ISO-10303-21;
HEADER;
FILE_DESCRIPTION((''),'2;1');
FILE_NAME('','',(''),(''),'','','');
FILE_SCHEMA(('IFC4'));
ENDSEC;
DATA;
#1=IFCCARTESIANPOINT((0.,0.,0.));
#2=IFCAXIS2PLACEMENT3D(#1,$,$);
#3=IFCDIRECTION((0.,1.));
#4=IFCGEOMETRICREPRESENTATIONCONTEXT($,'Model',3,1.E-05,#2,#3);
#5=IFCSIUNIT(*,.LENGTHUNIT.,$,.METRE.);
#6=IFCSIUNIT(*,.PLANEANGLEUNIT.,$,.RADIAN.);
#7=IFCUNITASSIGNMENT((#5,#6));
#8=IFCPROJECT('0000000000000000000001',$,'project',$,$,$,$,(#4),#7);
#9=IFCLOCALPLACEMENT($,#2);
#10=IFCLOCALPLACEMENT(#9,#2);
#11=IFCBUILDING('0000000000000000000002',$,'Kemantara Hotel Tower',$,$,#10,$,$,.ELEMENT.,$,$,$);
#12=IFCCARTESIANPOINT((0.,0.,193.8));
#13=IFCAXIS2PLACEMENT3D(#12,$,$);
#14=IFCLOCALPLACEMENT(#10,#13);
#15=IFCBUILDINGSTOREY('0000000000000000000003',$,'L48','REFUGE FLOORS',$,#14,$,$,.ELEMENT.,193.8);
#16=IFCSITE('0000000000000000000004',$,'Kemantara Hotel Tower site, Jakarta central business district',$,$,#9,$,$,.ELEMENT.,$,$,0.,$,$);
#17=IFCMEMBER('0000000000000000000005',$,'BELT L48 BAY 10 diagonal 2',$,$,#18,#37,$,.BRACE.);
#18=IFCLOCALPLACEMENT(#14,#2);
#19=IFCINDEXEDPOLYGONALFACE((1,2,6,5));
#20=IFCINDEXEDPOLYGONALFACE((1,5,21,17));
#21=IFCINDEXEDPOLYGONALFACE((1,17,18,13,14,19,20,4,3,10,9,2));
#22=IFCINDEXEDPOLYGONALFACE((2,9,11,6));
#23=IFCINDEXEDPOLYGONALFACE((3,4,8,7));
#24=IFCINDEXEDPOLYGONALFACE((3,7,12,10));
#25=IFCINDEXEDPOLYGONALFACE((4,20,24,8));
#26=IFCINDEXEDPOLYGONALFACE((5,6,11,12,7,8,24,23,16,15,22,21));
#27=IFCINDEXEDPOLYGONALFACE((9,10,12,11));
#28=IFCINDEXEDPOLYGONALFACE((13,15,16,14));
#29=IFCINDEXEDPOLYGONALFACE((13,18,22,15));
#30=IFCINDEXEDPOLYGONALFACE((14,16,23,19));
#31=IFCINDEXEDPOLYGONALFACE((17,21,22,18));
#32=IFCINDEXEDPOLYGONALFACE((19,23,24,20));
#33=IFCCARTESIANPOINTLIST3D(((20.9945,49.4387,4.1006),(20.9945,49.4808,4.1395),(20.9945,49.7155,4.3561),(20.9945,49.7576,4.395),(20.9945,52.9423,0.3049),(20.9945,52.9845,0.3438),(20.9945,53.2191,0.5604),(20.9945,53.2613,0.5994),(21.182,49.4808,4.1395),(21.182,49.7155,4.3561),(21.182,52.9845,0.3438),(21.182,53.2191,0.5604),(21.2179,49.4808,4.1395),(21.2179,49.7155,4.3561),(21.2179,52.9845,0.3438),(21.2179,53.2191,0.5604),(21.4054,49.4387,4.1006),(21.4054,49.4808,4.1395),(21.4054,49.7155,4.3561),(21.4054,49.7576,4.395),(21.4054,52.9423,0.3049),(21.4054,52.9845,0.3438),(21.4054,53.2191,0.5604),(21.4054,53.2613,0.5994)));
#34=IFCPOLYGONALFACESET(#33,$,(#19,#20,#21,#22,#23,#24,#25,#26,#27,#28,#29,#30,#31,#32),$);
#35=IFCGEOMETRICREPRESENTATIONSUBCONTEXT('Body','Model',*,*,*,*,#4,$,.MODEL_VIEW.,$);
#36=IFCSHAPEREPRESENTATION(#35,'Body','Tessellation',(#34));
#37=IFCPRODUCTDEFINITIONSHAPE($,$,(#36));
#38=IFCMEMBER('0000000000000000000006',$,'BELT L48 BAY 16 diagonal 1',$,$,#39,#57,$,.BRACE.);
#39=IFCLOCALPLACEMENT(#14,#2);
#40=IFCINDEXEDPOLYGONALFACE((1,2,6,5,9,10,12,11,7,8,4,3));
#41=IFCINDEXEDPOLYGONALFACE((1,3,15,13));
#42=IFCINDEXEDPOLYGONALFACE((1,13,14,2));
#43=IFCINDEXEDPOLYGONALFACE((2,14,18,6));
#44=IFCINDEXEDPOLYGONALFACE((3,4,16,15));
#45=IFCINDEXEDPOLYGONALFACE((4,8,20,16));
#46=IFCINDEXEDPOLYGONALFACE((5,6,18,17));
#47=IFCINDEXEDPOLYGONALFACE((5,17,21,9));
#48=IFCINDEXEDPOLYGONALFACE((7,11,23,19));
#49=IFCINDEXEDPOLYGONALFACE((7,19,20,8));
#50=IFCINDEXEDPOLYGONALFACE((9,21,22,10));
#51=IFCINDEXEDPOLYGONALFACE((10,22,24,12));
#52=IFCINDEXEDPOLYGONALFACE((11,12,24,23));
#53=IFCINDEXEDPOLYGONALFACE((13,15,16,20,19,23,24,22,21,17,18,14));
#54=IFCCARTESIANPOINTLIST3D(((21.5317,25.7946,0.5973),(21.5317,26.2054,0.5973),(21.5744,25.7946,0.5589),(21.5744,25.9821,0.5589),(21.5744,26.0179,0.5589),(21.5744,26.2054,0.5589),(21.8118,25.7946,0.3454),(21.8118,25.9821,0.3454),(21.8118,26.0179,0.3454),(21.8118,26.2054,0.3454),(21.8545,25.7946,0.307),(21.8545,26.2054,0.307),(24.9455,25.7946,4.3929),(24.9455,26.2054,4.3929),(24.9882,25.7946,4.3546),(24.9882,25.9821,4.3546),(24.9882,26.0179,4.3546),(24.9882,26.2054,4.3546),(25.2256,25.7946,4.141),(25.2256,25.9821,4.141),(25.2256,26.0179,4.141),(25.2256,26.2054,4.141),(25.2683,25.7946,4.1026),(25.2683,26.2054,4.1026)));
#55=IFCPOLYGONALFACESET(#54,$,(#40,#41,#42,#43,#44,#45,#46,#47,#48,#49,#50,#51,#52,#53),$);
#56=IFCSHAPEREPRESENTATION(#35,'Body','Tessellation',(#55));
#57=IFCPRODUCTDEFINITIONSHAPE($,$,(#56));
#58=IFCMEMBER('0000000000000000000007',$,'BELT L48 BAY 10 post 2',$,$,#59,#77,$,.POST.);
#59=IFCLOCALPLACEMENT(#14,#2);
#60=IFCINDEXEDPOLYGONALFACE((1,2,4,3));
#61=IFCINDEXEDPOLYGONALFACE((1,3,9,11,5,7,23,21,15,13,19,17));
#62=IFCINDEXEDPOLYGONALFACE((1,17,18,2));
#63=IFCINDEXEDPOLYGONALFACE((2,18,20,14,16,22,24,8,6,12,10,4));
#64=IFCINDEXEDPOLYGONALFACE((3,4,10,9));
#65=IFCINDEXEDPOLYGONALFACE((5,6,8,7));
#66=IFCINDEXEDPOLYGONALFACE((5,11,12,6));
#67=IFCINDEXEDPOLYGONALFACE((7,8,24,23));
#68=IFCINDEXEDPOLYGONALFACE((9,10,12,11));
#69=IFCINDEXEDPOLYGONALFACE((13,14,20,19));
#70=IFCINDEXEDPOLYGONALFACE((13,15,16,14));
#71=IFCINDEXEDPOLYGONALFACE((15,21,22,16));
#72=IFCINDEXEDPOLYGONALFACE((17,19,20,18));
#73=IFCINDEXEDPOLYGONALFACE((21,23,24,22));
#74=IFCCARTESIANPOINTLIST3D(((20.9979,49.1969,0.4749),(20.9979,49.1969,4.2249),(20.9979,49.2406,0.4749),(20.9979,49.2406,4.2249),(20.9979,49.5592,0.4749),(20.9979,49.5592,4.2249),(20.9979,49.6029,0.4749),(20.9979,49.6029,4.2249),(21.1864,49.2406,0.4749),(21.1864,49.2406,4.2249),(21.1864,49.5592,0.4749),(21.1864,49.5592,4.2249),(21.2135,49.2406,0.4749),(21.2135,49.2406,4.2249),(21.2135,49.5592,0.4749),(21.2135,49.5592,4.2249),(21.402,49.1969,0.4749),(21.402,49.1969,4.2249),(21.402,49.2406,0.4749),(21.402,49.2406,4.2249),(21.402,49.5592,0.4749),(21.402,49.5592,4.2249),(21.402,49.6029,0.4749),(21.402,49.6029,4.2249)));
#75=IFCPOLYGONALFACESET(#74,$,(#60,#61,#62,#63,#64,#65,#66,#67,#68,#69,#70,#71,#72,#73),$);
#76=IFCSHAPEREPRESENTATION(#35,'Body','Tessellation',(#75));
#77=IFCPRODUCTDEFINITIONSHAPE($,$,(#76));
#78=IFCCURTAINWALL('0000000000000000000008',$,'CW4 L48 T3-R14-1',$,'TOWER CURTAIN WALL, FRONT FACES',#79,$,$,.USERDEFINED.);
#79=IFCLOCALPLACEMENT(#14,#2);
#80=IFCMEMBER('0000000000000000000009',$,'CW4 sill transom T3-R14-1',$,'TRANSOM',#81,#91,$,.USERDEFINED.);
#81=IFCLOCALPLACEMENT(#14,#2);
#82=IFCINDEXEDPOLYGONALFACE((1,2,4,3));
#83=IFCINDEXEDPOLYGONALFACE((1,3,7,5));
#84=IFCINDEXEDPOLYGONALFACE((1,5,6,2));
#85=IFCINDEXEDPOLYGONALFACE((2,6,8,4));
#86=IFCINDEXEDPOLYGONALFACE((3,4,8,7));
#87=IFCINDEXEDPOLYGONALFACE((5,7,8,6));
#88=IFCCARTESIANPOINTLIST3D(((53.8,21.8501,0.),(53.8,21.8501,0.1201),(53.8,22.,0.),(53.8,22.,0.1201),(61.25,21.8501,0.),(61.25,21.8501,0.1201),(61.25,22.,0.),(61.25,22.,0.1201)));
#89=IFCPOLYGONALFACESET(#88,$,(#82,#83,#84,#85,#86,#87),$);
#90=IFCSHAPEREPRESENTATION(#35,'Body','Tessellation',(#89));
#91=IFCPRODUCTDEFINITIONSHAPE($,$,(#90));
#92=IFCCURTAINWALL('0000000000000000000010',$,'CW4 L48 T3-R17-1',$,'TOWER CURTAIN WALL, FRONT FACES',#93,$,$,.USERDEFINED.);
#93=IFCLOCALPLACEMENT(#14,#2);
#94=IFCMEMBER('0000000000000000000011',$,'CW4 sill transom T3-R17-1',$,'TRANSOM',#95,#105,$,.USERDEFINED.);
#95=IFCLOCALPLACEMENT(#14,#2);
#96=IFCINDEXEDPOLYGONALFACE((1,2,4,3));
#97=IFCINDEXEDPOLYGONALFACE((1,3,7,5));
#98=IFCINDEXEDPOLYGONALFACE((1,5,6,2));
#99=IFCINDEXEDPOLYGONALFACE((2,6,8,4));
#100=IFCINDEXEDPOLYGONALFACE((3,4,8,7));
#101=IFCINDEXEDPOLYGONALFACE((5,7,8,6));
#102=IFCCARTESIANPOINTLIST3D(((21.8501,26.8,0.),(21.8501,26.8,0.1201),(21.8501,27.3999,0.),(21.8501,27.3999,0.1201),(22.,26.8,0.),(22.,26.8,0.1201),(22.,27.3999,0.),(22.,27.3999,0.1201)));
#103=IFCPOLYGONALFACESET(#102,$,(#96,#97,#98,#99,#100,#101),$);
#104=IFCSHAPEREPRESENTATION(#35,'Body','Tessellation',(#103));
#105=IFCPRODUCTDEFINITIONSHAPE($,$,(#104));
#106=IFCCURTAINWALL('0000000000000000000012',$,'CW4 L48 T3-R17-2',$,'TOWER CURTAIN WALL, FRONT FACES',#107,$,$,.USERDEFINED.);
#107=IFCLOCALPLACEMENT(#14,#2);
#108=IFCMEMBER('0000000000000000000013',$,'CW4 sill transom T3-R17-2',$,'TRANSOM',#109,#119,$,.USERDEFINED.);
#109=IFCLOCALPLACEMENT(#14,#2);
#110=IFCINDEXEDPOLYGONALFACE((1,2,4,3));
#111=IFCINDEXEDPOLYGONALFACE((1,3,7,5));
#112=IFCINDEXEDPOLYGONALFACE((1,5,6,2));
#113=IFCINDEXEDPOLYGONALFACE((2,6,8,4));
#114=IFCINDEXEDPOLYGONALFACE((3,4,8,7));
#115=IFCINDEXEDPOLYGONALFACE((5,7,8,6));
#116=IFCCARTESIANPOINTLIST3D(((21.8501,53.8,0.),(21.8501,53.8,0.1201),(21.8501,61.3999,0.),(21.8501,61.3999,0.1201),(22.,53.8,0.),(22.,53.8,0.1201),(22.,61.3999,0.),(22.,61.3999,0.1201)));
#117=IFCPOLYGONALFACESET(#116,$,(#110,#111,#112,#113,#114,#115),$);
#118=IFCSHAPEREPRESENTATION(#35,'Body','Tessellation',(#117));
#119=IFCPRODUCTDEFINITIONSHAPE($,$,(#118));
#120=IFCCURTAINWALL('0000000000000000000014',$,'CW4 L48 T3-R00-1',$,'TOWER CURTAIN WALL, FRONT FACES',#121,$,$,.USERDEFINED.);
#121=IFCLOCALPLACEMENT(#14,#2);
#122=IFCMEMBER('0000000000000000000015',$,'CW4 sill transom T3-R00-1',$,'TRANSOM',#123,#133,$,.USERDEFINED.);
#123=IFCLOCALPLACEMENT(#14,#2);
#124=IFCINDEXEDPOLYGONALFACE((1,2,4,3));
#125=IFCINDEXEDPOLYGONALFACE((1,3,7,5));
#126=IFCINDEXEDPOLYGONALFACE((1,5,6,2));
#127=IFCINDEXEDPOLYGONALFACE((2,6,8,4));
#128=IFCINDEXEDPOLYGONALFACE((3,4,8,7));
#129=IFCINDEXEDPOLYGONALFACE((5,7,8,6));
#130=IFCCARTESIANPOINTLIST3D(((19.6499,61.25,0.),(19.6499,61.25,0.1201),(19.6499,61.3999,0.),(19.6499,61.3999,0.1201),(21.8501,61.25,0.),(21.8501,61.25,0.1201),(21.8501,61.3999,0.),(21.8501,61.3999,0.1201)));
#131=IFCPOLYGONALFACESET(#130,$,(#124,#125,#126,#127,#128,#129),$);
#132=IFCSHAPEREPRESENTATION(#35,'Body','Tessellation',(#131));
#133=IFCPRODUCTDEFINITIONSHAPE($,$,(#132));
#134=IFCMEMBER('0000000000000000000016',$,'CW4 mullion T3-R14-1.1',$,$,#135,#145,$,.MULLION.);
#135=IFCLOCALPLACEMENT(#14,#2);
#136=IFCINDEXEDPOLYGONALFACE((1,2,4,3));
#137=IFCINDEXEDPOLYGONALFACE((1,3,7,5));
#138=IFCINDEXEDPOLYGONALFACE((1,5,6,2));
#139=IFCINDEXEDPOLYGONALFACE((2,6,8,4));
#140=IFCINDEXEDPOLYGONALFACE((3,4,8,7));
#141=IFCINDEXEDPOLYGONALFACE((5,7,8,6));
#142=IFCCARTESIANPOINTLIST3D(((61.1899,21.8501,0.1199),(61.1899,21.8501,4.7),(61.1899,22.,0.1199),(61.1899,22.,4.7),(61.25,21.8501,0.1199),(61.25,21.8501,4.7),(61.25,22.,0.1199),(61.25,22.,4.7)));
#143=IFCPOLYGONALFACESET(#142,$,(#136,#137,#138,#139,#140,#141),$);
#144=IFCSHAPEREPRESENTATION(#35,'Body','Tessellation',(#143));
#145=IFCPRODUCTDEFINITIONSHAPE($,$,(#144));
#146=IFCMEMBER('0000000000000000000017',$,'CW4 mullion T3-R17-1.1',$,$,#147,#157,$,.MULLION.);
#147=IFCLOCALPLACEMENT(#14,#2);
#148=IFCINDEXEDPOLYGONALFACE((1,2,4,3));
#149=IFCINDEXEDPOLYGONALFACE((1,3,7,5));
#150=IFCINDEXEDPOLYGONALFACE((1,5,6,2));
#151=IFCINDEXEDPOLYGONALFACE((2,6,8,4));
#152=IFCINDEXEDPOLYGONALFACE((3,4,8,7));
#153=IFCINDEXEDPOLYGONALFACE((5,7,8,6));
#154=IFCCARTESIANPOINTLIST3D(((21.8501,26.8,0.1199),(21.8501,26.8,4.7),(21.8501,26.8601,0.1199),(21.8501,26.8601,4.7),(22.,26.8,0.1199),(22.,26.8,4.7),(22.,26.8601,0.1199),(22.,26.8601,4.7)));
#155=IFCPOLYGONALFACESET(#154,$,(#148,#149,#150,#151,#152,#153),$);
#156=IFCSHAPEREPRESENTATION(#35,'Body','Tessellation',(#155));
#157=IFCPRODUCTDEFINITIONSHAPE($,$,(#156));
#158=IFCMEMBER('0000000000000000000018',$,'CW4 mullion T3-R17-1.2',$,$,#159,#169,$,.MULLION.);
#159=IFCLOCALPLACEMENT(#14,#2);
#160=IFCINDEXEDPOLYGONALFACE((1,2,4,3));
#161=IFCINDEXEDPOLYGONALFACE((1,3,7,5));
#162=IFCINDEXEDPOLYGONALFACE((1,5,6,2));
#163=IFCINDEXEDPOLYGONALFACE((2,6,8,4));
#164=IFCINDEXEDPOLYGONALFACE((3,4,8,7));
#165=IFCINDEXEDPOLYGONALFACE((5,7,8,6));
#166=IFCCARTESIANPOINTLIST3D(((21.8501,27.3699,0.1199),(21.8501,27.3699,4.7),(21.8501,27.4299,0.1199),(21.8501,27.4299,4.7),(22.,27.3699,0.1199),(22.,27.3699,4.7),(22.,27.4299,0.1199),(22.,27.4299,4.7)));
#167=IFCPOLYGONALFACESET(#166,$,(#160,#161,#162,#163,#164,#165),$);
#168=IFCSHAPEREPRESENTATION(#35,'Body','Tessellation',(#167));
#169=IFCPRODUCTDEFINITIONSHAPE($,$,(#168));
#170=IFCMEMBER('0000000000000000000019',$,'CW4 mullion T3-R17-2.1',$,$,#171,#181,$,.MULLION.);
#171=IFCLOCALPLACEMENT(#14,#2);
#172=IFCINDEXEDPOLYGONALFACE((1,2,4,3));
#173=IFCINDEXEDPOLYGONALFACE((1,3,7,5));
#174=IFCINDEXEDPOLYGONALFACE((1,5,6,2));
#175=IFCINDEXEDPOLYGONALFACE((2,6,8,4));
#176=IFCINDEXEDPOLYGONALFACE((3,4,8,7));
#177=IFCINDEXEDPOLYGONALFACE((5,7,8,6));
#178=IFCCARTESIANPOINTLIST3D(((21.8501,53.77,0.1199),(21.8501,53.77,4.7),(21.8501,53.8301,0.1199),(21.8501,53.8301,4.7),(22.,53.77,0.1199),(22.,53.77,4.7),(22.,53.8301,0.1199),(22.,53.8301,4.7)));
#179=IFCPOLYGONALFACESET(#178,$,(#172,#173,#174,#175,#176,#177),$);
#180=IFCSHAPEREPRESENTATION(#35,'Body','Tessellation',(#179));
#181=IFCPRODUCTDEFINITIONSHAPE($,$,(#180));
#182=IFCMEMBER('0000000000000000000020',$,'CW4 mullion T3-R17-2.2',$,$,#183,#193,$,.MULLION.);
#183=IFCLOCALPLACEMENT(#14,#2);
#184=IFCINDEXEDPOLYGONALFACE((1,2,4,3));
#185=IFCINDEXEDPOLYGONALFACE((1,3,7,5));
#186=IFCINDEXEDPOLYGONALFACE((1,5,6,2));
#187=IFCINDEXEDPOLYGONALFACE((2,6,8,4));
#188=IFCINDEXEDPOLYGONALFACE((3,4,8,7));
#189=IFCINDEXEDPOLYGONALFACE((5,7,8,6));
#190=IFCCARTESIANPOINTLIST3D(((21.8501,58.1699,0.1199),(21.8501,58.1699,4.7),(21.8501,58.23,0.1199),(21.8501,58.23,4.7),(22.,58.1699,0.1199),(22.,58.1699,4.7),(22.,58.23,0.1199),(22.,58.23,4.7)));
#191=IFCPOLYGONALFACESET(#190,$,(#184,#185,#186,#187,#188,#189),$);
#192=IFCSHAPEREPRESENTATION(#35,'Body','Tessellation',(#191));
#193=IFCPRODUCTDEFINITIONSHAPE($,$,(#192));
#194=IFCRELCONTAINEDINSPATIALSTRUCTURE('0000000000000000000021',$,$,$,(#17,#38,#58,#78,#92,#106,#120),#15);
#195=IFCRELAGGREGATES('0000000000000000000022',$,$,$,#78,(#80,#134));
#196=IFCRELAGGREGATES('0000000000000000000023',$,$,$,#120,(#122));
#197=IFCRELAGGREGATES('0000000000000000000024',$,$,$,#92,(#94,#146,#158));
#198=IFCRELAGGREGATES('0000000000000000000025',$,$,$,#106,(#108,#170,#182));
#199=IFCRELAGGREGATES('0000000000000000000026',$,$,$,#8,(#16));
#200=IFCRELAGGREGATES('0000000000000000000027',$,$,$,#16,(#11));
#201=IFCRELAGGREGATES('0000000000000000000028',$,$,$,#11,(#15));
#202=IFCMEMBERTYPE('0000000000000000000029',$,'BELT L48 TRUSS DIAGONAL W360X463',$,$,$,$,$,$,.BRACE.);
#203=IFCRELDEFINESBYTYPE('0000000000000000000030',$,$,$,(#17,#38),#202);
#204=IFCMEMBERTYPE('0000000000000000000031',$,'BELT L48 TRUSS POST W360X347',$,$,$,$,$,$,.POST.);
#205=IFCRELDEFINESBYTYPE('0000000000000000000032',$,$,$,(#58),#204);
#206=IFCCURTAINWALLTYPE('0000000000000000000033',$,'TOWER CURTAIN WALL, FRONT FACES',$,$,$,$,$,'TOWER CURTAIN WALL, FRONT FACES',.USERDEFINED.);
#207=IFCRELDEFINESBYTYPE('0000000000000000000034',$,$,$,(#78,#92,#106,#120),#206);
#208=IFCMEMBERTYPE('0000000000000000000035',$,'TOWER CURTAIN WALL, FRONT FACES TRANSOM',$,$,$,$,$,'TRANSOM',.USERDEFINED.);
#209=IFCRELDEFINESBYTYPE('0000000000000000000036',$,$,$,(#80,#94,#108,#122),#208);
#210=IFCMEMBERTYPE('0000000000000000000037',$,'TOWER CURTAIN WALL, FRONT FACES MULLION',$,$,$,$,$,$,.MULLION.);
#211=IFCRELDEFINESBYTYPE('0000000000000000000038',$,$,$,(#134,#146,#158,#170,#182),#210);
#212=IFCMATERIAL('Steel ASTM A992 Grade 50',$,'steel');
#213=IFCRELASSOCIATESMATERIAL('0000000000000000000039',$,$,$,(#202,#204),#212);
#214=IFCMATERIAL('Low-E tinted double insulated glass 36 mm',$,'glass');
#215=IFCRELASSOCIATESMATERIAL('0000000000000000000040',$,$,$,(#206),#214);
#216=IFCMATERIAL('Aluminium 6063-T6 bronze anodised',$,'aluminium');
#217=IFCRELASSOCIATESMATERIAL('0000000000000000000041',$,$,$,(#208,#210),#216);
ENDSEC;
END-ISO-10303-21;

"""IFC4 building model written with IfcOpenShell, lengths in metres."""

from ifc_helpers import new_model, si_unit, direction, frame, origin, origin_2d, place, context, subcontext, project, spatial, rectangle, i_section, extrude, source, transform, mapped, material, material_profile, profile_set, type_object, element, aggregate, save


model = new_model("IFC4")

# Units and contexts
model_context = context("Model", 3, precision=1e-05, world=origin(), true_north=direction((0.0, 1.0)))
body_context = subcontext(model_context, "Body", "Model", "MODEL_VIEW")
ifc_project = project(units=[si_unit("LENGTHUNIT", "METRE"), si_unit("PLANEANGLEUNIT", "RADIAN")], contexts=[model_context])

# Site, building, storey
site_placement = place(None, origin())
site = spatial("IfcSite", under=ifc_project, at=site_placement, Name="Kemantara Hotel Tower site, Jakarta central business district", CompositionType="ELEMENT", RefElevation=0.0)
building_placement = place(site_placement, origin())
building = spatial("IfcBuilding", under=site, at=building_placement, Name="Kemantara Hotel Tower", CompositionType="ELEMENT")
storey_placement = place(building_placement, frame((0.0, 0.0, 193.8)))
storey = spatial("IfcBuildingStorey", under=building, at=storey_placement, Name="L48", Description="REFUGE FLOORS", CompositionType="ELEMENT", Elevation=193.8)

# Shared definitions
ifc_material_1 = material(Name="Steel ASTM A992 Grade 50", Category="steel")

# Members
ifc_material_profile_1 = material_profile(ifc_material_1, i_section(OverallWidth=0.4109, OverallDepth=0.4341, WebThickness=0.0359, FlangeThickness=0.0574, at=origin_2d()), Name="W360X463")
ifc_profile_set_1 = profile_set([ifc_material_profile_1], Name="Steel ASTM A992 Grade 50")
member_type_1 = type_object("IfcMemberType", Name="BELT L48 TRUSS DIAGONAL W360X463", PredefinedType="BRACE", material=ifc_profile_set_1)
member_1_placement = place(storey_placement, frame((21.2, 53.1018, 0.4521), z_axis=(0.0, -0.678278, 0.734805), x_axis=(1.0, 0.0, 0.0)))
element("IfcMember", 1, at=member_1_placement, inside=storey, type_object=member_type_1, Name="BELT L48 BAY 10 diagonal 2", PredefinedType="BRACE", context=body_context, shape_type="SweptSolid", body=[
    extrude(i_section(OverallWidth=0.4109, OverallDepth=0.4341, WebThickness=0.0359, FlangeThickness=0.0574, at=origin_2d()), origin(), (0.0, 0.0, 1.0), 5.1655),
])
member_2_placement = place(storey_placement, frame((21.6931, 26.0, 0.4521), z_axis=(0.668719, 0.0, 0.743515), x_axis=(0.0, 1.0, 0.0)))
element("IfcMember", 2, at=member_2_placement, inside=storey, type_object=member_type_1, Name="BELT L48 BAY 16 diagonal 1", PredefinedType="BRACE", context=body_context, shape_type="SweptSolid", body=[
    extrude(i_section(OverallWidth=0.4109, OverallDepth=0.4341, WebThickness=0.0359, FlangeThickness=0.0574, at=origin_2d()), origin(), (0.0, 0.0, 1.0), 5.105),
])
ifc_material_profile_2 = material_profile(ifc_material_1, i_section(OverallWidth=0.4041, OverallDepth=0.406, WebThickness=0.0271, FlangeThickness=0.0437, at=origin_2d()), Name="W360X347")
ifc_profile_set_2 = profile_set([ifc_material_profile_2], Name="Steel ASTM A992 Grade 50")
member_type_2 = type_object("IfcMemberType", Name="BELT L48 TRUSS POST W360X347", PredefinedType="POST", material=ifc_profile_set_2)
member_3_placement = place(storey_placement, frame((21.2, 49.3999, 0.4749), z_axis=(0.0, 0.0, 1.0), x_axis=(1.0, 0.0, 0.0)))
element("IfcMember", 3, at=member_3_placement, inside=storey, type_object=member_type_2, Name="BELT L48 BAY 10 post 2", PredefinedType="POST", context=body_context, shape_type="SweptSolid", body=[
    extrude(i_section(OverallWidth=0.4041, OverallDepth=0.406, WebThickness=0.0271, FlangeThickness=0.0437, at=origin_2d()), origin(), (0.0, 0.0, 1.0), 3.75),
])

# Curtain walls, members
ifc_material_2 = material(Name="Low-E tinted double insulated glass 36 mm", Category="glass")
curtain_wall_type = type_object("IfcCurtainWallType", Name="TOWER CURTAIN WALL, FRONT FACES", ElementType="TOWER CURTAIN WALL, FRONT FACES", PredefinedType="USERDEFINED", material=ifc_material_2)
curtain_wall_1_placement = place(storey_placement, origin())
curtain_wall_1 = element("IfcCurtainWall", 4, at=curtain_wall_1_placement, inside=storey, type_object=curtain_wall_type, Name="CW4 L48 T3-R14-1", ObjectType="TOWER CURTAIN WALL, FRONT FACES", PredefinedType="USERDEFINED")
ifc_material_3 = material(Name="Aluminium 6063-T6 bronze anodised", Category="aluminium")
ifc_material_profile_3 = material_profile(ifc_material_3, rectangle(XDim=0.1499, YDim=0.1201, at=origin_2d()), Name="TOWER CURTAIN WALL, FRONT FACES TRANSOM")
ifc_profile_set_3 = profile_set([ifc_material_profile_3], Name="Aluminium 6063-T6 bronze anodised")
member_type_3 = type_object("IfcMemberType", Name="TOWER CURTAIN WALL, FRONT FACES TRANSOM", ElementType="TRANSOM", PredefinedType="USERDEFINED", material=ifc_profile_set_3)
member_4_placement = place(storey_placement, frame((61.25, 21.925, 0.0601), z_axis=(-1.0, 0.0, 0.0), x_axis=(0.0, -1.0, 0.0)))
member_4 = element("IfcMember", 5, at=member_4_placement, type_object=member_type_3, Name="CW4 sill transom T3-R14-1", ObjectType="TRANSOM", PredefinedType="USERDEFINED", context=body_context, shape_type="SweptSolid", body=[
    extrude(rectangle(XDim=0.1499, YDim=0.1201, at=origin_2d()), origin(), (0.0, 0.0, 1.0), 7.45),
])
curtain_wall_2_placement = place(storey_placement, origin())
curtain_wall_2 = element("IfcCurtainWall", 6, at=curtain_wall_2_placement, inside=storey, type_object=curtain_wall_type, Name="CW4 L48 T3-R17-1", ObjectType="TOWER CURTAIN WALL, FRONT FACES", PredefinedType="USERDEFINED")
member_5_placement = place(storey_placement, frame((21.925, 26.8, 0.0601), z_axis=(0.0, 1.0, 0.0), x_axis=(-1.0, 0.0, 0.0)))
member_5 = element("IfcMember", 7, at=member_5_placement, type_object=member_type_3, Name="CW4 sill transom T3-R17-1", ObjectType="TRANSOM", PredefinedType="USERDEFINED", context=body_context, shape_type="SweptSolid", body=[
    extrude(rectangle(XDim=0.1499, YDim=0.1201, at=origin_2d()), origin(), (0.0, 0.0, 1.0), 0.5999),
])
curtain_wall_3_placement = place(storey_placement, origin())
curtain_wall_3 = element("IfcCurtainWall", 8, at=curtain_wall_3_placement, inside=storey, type_object=curtain_wall_type, Name="CW4 L48 T3-R17-2", ObjectType="TOWER CURTAIN WALL, FRONT FACES", PredefinedType="USERDEFINED")
member_6_placement = place(storey_placement, frame((21.925, 53.8, 0.0601), z_axis=(0.0, 1.0, 0.0), x_axis=(-1.0, 0.0, 0.0)))
member_6 = element("IfcMember", 9, at=member_6_placement, type_object=member_type_3, Name="CW4 sill transom T3-R17-2", ObjectType="TRANSOM", PredefinedType="USERDEFINED", context=body_context, shape_type="SweptSolid", body=[
    extrude(rectangle(XDim=0.1499, YDim=0.1201, at=origin_2d()), origin(), (0.0, 0.0, 1.0), 7.5999),
])
curtain_wall_4_placement = place(storey_placement, origin())
curtain_wall_4 = element("IfcCurtainWall", 10, at=curtain_wall_4_placement, inside=storey, type_object=curtain_wall_type, Name="CW4 L48 T3-R00-1", ObjectType="TOWER CURTAIN WALL, FRONT FACES", PredefinedType="USERDEFINED")
member_7_placement = place(storey_placement, frame((21.8501, 61.325, 0.0601), z_axis=(-1.0, 0.0, 0.0), x_axis=(0.0, -1.0, 0.0)))
member_7 = element("IfcMember", 11, at=member_7_placement, type_object=member_type_3, Name="CW4 sill transom T3-R00-1", ObjectType="TRANSOM", PredefinedType="USERDEFINED", context=body_context, shape_type="SweptSolid", body=[
    extrude(rectangle(XDim=0.1499, YDim=0.1201, at=origin_2d()), origin(), (0.0, 0.0, 1.0), 2.2002),
])

# Members
ifc_material_profile_4 = material_profile(ifc_material_3, rectangle(XDim=0.1499, YDim=0.0601, at=origin_2d()), Name="TOWER CURTAIN WALL, FRONT FACES MULLION")
ifc_profile_set_4 = profile_set([ifc_material_profile_4], Name="Aluminium 6063-T6 bronze anodised")
member_type_4 = type_object("IfcMemberType", Name="TOWER CURTAIN WALL, FRONT FACES MULLION", PredefinedType="MULLION", material=ifc_profile_set_4)
shared_shape_1 = source(origin(), body_context, "Body", "SweptSolid", [
    extrude(rectangle(XDim=0.1499, YDim=0.0601, at=origin_2d()), origin(), (0.0, 0.0, 1.0), 4.5801),
])
member_8_placement = place(storey_placement, frame((61.22, 21.925, 0.1199), z_axis=(0.0, 0.0, 1.0), x_axis=(0.0, -1.0, 0.0)))
member_8 = element("IfcMember", 12, at=member_8_placement, type_object=member_type_4, Name="CW4 mullion T3-R14-1.1", PredefinedType="MULLION", context=body_context, shape_type="MappedRepresentation", body=[
    mapped(shared_shape_1, transform((0.0, 0.0, 0.0))),
])
aggregate(curtain_wall_1, [member_4, member_8])
member_9_placement = place(storey_placement, frame((21.925, 26.8301, 0.1199), z_axis=(0.0, 0.0, 1.0), x_axis=(-1.0, 0.0, 0.0)))
member_9 = element("IfcMember", 13, at=member_9_placement, type_object=member_type_4, Name="CW4 mullion T3-R17-1.1", PredefinedType="MULLION", context=body_context, shape_type="MappedRepresentation", body=[
    mapped(shared_shape_1, transform((0.0, 0.0, 0.0))),
])
member_10_placement = place(storey_placement, frame((21.925, 27.3999, 0.1199), z_axis=(0.0, 0.0, 1.0), x_axis=(-1.0, 0.0, 0.0)))
member_10 = element("IfcMember", 14, at=member_10_placement, type_object=member_type_4, Name="CW4 mullion T3-R17-1.2", PredefinedType="MULLION", context=body_context, shape_type="MappedRepresentation", body=[
    mapped(shared_shape_1, transform((0.0, 0.0, 0.0))),
])
member_11_placement = place(storey_placement, frame((21.925, 53.8, 0.1199), z_axis=(0.0, 0.0, 1.0), x_axis=(-1.0, 0.0, 0.0)))
member_11 = element("IfcMember", 15, at=member_11_placement, type_object=member_type_4, Name="CW4 mullion T3-R17-2.1", PredefinedType="MULLION", context=body_context, shape_type="MappedRepresentation", body=[
    mapped(shared_shape_1, transform((0.0, 0.0, 0.0))),
])
member_12_placement = place(storey_placement, frame((21.925, 58.2, 0.1199), z_axis=(0.0, 0.0, 1.0), x_axis=(-1.0, 0.0, 0.0)))
member_12 = element("IfcMember", 16, at=member_12_placement, type_object=member_type_4, Name="CW4 mullion T3-R17-2.2", PredefinedType="MULLION", context=body_context, shape_type="MappedRepresentation", body=[
    mapped(shared_shape_1, transform((0.0, 0.0, 0.0))),
])
aggregate(curtain_wall_4, [member_7])

aggregate(curtain_wall_2, [member_5, member_9, member_10])
aggregate(curtain_wall_3, [member_6, member_11, member_12])

save(model, "model.ifc")
